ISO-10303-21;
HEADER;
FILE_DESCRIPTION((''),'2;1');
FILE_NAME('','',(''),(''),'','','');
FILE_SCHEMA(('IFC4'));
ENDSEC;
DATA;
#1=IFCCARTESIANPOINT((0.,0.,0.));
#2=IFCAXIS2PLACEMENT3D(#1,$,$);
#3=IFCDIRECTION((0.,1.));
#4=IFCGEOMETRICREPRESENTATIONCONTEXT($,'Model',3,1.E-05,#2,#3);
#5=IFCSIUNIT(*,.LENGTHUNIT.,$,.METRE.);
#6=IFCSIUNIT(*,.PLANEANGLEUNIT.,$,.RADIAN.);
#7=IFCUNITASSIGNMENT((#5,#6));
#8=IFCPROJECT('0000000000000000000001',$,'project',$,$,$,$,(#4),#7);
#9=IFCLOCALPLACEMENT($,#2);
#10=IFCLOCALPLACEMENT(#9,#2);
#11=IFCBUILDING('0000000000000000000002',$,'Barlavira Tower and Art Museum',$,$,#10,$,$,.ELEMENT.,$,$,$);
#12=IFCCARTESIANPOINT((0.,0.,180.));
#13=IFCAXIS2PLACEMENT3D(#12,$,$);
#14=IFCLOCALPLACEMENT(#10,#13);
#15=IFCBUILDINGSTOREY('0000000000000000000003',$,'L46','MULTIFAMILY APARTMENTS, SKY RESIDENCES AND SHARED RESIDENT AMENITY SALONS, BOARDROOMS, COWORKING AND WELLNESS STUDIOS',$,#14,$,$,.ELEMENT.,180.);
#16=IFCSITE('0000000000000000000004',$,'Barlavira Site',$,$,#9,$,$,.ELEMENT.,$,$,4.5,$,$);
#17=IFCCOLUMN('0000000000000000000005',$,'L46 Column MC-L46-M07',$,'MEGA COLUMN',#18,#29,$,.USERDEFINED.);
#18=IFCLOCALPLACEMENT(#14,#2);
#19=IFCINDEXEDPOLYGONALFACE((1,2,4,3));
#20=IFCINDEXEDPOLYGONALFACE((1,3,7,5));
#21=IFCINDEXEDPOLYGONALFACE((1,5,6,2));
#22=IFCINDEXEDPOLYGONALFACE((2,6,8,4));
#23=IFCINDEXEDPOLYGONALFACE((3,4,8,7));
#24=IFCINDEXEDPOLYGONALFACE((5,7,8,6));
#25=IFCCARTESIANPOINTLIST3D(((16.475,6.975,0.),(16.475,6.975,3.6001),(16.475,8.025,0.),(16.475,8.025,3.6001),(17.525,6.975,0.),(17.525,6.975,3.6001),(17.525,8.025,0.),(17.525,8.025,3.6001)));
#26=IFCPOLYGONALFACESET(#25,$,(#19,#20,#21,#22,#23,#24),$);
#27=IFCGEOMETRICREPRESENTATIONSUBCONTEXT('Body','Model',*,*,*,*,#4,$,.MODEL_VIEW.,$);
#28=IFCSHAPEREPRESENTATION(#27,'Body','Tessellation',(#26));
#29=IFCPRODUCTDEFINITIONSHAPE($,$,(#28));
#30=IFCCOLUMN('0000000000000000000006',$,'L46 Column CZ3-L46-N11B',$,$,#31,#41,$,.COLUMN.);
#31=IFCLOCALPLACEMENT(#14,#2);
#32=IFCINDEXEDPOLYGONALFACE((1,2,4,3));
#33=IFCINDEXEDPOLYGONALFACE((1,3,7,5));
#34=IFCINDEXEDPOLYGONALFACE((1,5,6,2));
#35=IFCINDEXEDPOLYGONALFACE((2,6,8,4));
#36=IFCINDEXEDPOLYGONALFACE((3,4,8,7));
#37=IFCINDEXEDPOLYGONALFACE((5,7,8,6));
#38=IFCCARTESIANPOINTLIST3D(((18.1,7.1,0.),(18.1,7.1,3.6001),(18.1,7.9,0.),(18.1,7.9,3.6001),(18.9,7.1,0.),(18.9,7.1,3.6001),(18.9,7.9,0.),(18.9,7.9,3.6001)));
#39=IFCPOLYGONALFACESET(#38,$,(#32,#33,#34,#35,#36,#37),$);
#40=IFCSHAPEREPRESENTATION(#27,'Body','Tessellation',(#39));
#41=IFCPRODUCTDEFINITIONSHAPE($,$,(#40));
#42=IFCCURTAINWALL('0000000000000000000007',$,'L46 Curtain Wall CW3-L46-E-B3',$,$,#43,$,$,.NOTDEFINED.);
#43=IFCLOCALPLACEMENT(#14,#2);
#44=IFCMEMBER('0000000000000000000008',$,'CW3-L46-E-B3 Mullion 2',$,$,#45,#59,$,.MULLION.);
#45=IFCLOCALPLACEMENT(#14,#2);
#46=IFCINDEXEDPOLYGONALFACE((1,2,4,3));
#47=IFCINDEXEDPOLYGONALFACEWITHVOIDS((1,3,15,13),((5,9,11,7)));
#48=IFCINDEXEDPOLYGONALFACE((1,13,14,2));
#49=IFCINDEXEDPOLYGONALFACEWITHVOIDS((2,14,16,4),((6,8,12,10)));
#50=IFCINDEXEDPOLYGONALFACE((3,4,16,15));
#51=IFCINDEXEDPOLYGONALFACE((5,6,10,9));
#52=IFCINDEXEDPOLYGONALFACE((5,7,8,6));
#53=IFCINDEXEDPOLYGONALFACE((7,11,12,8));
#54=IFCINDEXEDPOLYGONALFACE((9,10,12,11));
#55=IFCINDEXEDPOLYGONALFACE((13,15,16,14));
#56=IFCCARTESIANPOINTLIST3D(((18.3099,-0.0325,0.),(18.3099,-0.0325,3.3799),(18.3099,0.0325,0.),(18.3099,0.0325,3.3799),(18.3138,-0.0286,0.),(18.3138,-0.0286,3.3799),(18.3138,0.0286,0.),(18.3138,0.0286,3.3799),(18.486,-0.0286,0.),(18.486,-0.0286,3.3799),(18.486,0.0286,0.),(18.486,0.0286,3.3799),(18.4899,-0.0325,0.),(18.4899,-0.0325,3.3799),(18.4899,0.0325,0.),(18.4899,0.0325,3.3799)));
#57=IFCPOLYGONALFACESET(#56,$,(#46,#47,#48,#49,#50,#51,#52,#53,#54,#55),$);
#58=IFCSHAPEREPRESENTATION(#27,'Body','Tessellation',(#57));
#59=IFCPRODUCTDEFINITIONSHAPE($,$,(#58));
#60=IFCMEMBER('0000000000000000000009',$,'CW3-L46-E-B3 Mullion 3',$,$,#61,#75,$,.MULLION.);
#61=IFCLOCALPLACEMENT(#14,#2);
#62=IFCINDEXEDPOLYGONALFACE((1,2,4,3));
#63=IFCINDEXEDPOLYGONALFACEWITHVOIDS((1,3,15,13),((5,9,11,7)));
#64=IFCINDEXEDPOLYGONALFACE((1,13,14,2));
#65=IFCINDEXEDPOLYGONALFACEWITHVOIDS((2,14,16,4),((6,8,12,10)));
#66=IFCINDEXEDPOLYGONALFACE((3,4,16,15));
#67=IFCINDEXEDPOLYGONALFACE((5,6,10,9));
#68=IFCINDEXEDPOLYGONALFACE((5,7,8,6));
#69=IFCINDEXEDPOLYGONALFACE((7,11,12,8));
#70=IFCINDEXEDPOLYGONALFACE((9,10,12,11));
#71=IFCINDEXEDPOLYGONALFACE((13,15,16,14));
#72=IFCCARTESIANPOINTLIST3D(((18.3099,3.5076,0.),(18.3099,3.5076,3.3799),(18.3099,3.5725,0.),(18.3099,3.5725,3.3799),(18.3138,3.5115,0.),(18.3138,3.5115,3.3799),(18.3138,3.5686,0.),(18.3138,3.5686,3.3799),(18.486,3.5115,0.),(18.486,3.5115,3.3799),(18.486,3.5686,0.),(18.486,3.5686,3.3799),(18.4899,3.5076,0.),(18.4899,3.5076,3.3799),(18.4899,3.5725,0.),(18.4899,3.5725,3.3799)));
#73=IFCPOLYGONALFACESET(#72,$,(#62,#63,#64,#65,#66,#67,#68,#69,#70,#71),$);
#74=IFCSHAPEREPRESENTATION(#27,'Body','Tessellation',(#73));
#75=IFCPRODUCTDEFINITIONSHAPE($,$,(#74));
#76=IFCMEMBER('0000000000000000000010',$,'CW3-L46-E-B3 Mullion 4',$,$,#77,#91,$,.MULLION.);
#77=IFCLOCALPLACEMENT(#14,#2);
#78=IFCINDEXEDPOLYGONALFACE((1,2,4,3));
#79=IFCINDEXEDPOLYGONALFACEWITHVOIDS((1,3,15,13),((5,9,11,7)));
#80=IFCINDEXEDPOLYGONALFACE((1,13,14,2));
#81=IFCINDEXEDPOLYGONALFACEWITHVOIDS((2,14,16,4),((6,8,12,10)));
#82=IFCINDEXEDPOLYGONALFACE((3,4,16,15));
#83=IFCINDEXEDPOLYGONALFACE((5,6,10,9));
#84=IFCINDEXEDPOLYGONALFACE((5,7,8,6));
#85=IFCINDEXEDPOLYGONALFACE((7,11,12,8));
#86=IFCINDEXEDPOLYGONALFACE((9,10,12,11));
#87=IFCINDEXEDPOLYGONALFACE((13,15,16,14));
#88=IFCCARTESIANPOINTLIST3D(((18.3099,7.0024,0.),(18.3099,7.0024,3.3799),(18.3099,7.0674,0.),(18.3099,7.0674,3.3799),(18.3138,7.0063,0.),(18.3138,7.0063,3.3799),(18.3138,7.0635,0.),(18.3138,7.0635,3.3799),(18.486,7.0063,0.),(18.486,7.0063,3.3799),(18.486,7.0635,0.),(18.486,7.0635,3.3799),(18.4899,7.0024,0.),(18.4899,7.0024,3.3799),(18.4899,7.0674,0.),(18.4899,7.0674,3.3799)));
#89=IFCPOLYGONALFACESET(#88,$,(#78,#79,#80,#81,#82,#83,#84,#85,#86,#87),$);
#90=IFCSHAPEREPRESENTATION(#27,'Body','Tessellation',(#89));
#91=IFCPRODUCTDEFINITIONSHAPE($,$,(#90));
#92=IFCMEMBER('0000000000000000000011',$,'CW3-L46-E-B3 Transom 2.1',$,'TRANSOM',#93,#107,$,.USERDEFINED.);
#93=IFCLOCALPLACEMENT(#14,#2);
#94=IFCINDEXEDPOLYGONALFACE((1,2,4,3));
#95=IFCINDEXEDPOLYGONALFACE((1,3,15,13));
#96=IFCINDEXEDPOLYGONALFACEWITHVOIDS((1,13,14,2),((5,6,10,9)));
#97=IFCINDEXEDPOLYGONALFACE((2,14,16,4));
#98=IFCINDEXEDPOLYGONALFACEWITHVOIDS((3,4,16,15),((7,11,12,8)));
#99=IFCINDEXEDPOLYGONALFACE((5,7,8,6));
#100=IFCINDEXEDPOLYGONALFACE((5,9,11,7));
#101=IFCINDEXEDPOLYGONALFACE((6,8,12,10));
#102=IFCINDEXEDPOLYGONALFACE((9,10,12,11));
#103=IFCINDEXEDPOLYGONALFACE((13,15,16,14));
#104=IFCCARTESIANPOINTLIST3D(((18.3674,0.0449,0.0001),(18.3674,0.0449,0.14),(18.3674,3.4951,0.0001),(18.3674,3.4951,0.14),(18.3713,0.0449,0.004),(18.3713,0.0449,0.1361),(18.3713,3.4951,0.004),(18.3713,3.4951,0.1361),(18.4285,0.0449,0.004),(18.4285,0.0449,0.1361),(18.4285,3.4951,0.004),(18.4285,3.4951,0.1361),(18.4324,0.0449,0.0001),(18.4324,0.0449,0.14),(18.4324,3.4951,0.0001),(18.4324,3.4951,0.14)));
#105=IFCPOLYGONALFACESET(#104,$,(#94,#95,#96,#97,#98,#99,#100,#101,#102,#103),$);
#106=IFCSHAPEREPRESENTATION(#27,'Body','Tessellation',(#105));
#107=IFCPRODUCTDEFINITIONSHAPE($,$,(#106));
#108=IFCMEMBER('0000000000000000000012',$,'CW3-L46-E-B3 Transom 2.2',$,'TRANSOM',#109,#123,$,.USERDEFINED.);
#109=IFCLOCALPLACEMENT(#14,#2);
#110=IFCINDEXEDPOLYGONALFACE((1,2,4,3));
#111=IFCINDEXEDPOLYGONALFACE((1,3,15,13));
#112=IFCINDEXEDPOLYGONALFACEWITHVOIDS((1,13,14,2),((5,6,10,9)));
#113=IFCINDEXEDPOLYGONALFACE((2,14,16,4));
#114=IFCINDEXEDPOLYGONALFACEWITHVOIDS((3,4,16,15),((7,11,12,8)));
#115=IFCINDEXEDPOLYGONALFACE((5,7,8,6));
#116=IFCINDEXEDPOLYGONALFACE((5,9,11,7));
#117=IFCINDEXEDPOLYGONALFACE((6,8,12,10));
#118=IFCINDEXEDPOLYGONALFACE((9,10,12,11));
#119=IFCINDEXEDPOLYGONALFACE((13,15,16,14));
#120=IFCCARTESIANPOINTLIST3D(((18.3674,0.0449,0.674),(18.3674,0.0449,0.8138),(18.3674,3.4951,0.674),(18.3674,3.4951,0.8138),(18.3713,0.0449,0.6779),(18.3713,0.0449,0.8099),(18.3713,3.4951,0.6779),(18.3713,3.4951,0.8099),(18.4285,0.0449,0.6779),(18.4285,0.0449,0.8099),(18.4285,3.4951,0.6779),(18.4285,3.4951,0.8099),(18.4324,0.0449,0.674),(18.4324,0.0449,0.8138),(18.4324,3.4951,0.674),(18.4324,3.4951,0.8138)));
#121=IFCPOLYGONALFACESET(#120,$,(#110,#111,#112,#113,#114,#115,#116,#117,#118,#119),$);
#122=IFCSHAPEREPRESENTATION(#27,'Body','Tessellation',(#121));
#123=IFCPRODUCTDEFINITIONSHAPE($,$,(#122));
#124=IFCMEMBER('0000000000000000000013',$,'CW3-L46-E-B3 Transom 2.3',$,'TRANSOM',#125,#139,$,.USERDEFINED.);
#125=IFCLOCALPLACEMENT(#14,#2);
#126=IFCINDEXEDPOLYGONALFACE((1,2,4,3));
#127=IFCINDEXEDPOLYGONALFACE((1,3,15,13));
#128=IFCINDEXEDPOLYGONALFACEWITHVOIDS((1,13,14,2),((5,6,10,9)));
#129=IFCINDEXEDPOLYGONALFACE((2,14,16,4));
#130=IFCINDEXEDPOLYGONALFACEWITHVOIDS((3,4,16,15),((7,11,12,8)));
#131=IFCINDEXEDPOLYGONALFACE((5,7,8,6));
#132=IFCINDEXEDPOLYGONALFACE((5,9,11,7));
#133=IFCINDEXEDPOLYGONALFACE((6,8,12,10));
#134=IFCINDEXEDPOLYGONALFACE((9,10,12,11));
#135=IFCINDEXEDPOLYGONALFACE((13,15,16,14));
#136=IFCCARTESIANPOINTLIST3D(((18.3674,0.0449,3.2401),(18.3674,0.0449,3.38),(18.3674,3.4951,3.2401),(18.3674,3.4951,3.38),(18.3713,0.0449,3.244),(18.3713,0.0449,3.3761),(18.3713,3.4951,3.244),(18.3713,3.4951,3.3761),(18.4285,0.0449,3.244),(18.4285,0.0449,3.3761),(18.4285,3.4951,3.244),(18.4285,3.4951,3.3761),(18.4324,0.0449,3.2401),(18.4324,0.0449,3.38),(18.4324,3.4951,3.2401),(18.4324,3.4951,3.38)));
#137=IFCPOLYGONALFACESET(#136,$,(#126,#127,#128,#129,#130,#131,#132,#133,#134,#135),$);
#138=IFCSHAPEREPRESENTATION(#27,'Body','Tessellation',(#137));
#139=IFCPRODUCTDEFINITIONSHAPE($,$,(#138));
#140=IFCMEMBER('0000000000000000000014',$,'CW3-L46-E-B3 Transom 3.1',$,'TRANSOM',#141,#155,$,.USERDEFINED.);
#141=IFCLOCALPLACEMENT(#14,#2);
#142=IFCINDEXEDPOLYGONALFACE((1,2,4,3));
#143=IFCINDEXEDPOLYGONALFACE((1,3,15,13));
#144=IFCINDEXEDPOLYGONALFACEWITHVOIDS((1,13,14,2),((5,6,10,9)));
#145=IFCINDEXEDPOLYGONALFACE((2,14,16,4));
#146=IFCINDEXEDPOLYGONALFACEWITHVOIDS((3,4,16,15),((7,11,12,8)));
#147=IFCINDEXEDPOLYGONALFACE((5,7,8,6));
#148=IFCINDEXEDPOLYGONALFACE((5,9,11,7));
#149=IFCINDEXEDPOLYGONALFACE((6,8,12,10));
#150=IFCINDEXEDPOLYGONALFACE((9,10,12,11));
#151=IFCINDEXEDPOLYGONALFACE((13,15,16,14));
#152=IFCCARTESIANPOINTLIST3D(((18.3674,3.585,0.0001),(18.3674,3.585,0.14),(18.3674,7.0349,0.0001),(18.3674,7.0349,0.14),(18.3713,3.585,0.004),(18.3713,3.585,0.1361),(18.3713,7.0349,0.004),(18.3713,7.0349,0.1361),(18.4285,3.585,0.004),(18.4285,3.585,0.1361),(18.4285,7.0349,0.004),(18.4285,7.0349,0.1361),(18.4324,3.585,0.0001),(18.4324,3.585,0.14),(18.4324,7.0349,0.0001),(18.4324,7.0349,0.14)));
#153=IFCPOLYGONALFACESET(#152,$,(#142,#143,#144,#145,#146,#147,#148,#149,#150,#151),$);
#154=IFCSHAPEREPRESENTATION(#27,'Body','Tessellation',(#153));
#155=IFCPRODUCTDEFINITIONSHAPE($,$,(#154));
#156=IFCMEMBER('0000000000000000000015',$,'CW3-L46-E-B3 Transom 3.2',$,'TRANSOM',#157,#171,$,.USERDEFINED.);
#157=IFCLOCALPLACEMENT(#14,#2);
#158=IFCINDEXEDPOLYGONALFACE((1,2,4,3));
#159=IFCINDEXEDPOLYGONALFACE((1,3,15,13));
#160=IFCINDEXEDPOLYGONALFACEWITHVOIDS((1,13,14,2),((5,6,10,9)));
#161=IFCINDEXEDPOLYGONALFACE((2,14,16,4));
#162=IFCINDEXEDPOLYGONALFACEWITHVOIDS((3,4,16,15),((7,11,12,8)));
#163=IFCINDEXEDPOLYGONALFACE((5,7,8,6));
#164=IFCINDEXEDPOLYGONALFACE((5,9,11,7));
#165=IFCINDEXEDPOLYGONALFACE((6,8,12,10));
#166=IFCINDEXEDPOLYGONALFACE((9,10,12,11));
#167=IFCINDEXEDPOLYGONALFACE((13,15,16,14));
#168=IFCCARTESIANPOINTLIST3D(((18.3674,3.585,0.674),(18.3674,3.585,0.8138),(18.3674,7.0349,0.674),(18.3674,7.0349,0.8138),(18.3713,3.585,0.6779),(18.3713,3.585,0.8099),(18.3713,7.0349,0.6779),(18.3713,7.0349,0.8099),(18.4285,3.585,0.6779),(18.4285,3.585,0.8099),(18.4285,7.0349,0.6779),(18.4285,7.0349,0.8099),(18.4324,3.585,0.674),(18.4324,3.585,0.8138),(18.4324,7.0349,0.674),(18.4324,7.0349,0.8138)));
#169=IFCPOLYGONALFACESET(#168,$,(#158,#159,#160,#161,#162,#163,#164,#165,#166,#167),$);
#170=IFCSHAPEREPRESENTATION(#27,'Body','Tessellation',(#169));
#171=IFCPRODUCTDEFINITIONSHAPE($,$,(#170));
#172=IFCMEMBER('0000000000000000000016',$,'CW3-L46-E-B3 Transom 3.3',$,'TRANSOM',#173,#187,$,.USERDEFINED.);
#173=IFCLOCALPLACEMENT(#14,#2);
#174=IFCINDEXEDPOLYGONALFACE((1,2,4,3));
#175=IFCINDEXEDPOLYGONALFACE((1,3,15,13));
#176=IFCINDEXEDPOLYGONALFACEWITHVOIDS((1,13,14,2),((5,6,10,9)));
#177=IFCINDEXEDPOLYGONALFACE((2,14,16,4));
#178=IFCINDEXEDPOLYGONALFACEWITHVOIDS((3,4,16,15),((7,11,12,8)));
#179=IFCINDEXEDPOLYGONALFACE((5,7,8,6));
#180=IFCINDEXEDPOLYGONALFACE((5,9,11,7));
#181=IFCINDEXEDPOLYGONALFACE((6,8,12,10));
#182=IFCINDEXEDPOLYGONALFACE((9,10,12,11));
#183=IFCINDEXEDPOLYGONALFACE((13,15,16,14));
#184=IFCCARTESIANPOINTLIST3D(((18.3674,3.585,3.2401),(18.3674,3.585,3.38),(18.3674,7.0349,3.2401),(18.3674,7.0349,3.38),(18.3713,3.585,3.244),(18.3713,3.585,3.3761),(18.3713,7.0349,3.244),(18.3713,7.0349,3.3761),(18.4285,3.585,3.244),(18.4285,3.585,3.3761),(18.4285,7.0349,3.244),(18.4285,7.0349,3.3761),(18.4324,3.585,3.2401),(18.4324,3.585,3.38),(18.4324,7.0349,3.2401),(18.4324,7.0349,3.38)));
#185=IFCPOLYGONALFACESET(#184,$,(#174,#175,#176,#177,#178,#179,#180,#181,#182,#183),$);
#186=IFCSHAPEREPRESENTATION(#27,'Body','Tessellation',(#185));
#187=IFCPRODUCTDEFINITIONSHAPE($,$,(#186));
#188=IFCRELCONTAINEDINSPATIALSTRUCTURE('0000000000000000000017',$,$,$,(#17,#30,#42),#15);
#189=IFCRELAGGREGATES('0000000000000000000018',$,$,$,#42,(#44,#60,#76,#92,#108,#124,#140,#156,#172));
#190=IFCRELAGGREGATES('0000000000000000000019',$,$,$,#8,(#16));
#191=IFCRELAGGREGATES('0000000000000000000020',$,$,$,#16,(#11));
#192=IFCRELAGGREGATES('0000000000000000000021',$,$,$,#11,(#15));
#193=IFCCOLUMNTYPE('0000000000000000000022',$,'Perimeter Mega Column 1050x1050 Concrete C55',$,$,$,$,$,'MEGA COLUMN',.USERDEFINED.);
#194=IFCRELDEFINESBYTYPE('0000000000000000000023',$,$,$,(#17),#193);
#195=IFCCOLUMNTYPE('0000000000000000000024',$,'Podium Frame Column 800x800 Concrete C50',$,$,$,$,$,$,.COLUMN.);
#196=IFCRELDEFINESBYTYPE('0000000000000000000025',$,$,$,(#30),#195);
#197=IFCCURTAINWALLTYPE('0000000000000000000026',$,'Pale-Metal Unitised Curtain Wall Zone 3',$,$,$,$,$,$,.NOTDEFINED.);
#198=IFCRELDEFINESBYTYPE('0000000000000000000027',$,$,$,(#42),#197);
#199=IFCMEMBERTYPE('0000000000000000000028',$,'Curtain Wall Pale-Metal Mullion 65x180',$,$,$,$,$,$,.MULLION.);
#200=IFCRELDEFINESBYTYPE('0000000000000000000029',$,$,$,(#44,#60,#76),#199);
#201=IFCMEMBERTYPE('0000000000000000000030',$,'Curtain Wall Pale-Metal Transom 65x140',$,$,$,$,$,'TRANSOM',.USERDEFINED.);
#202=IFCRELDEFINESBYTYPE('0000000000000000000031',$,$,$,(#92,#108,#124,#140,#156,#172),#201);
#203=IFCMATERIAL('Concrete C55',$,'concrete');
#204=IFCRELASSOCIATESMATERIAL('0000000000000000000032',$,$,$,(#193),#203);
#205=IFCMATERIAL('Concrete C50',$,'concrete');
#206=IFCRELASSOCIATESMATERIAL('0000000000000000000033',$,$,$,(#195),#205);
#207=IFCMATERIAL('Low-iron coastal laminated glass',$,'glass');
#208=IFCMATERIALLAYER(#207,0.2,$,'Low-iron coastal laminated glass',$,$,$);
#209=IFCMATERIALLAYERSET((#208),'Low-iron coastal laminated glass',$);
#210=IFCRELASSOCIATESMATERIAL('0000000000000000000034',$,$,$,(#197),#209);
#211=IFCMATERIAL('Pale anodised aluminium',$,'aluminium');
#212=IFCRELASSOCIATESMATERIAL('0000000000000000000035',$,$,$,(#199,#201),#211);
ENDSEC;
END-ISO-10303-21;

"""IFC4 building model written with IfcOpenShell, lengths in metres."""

from ifc_helpers import new_model, si_unit, direction, frame, origin, origin_2d, place, context, subcontext, project, spatial, rectangle, hollow_rectangle, extrude, material, layer, layer_set, material_profile, profile_set, type_object, element, aggregate, save


model = new_model("IFC4")

# Units and contexts
model_context = context("Model", 3, precision=1e-05, world=origin(), true_north=direction((0.0, 1.0)))
body_context = subcontext(model_context, "Body", "Model", "MODEL_VIEW")
ifc_project = project(units=[si_unit("LENGTHUNIT", "METRE"), si_unit("PLANEANGLEUNIT", "RADIAN")], contexts=[model_context])

# Site, building, storey
site_placement = place(None, origin())
site = spatial("IfcSite", under=ifc_project, at=site_placement, Name="Barlavira Site", CompositionType="ELEMENT", RefElevation=4.5)
building_placement = place(site_placement, origin())
building = spatial("IfcBuilding", under=site, at=building_placement, Name="Barlavira Tower and Art Museum", CompositionType="ELEMENT")
storey_placement = place(building_placement, frame((0.0, 0.0, 180.0)))
storey = spatial("IfcBuildingStorey", under=building, at=storey_placement, Name="L46", Description="MULTIFAMILY APARTMENTS, SKY RESIDENCES AND SHARED RESIDENT AMENITY SALONS, BOARDROOMS, COWORKING AND WELLNESS STUDIOS", CompositionType="ELEMENT", Elevation=180.0)

# Columns
ifc_material_1 = material(Name="Concrete C55", Category="concrete")
ifc_material_profile_1 = material_profile(ifc_material_1, rectangle(XDim=1.05, YDim=1.05, at=origin_2d()), Name="RC-COL 1050x1050")
ifc_profile_set_1 = profile_set([ifc_material_profile_1], Name="Concrete C55")
column_type_1 = type_object("IfcColumnType", Name="Perimeter Mega Column 1050x1050 Concrete C55", ElementType="MEGA COLUMN", PredefinedType="USERDEFINED", material=ifc_profile_set_1)
column_1_placement = place(storey_placement, frame((17.0, 7.5, 0.0), z_axis=(0.0, 0.0, 1.0), x_axis=(1.0, 0.0, 0.0)))
element("IfcColumn", 1, at=column_1_placement, inside=storey, type_object=column_type_1, Name="L46 Column MC-L46-M07", ObjectType="MEGA COLUMN", PredefinedType="USERDEFINED", context=body_context, shape_type="SweptSolid", body=[
    extrude(rectangle(XDim=1.05, YDim=1.05, at=origin_2d()), origin(), (0.0, 0.0, 1.0), 3.6001),
])
ifc_material_2 = material(Name="Concrete C50", Category="concrete")
ifc_material_profile_2 = material_profile(ifc_material_2, rectangle(XDim=0.8, YDim=0.8, at=origin_2d()), Name="RC-COL 800x800")
ifc_profile_set_2 = profile_set([ifc_material_profile_2], Name="Concrete C50")
column_type_2 = type_object("IfcColumnType", Name="Podium Frame Column 800x800 Concrete C50", PredefinedType="COLUMN", material=ifc_profile_set_2)
column_2_placement = place(storey_placement, frame((18.5, 7.5, 0.0), z_axis=(0.0, 0.0, 1.0), x_axis=(1.0, 0.0, 0.0)))
element("IfcColumn", 2, at=column_2_placement, inside=storey, type_object=column_type_2, Name="L46 Column CZ3-L46-N11B", PredefinedType="COLUMN", context=body_context, shape_type="SweptSolid", body=[
    extrude(rectangle(XDim=0.8, YDim=0.8, at=origin_2d()), origin(), (0.0, 0.0, 1.0), 3.6001),
])

# Curtain wall, members
ifc_material_3 = material(Name="Low-iron coastal laminated glass", Category="glass")
ifc_layer_1 = layer(ifc_material_3, 0.2, Name="Low-iron coastal laminated glass")
ifc_layer_set_1 = layer_set([ifc_layer_1], Name="Low-iron coastal laminated glass")
curtain_wall_type = type_object("IfcCurtainWallType", Name="Pale-Metal Unitised Curtain Wall Zone 3", PredefinedType="NOTDEFINED", material=ifc_layer_set_1)
curtain_wall_placement = place(storey_placement, origin())
curtain_wall = element("IfcCurtainWall", 3, at=curtain_wall_placement, inside=storey, type_object=curtain_wall_type, Name="L46 Curtain Wall CW3-L46-E-B3", PredefinedType="NOTDEFINED")
ifc_material_4 = material(Name="Pale anodised aluminium", Category="aluminium")
ifc_material_profile_3 = material_profile(ifc_material_4, hollow_rectangle(XDim=0.0649, YDim=0.1799, WallThickness=0.0039, at=origin_2d()), Name="ALU-MULL 65x180x4")
ifc_profile_set_3 = profile_set([ifc_material_profile_3], Name="Pale anodised aluminium")
member_type_1 = type_object("IfcMemberType", Name="Curtain Wall Pale-Metal Mullion 65x180", PredefinedType="MULLION", material=ifc_profile_set_3)
member_1_placement = place(storey_placement, frame((18.3999, 0.0, 0.0), z_axis=(0.0, 0.0, 1.0), x_axis=(0.0, 1.0, 0.0)))
member_1 = element("IfcMember", 4, at=member_1_placement, type_object=member_type_1, Name="CW3-L46-E-B3 Mullion 2", PredefinedType="MULLION", context=body_context, shape_type="SweptSolid", body=[
    extrude(hollow_rectangle(XDim=0.0649, YDim=0.1799, WallThickness=0.0039, at=origin_2d()), origin(), (0.0, 0.0, 1.0), 3.3799),
])
member_2_placement = place(storey_placement, frame((18.3999, 3.54, 0.0), z_axis=(0.0, 0.0, 1.0), x_axis=(0.0, 1.0, 0.0)))
member_2 = element("IfcMember", 5, at=member_2_placement, type_object=member_type_1, Name="CW3-L46-E-B3 Mullion 3", PredefinedType="MULLION", context=body_context, shape_type="SweptSolid", body=[
    extrude(hollow_rectangle(XDim=0.0649, YDim=0.1799, WallThickness=0.0039, at=origin_2d()), origin(), (0.0, 0.0, 1.0), 3.3799),
])
member_3_placement = place(storey_placement, frame((18.3999, 7.0349, 0.0), z_axis=(0.0, 0.0, 1.0), x_axis=(0.0, 1.0, 0.0)))
member_3 = element("IfcMember", 6, at=member_3_placement, type_object=member_type_1, Name="CW3-L46-E-B3 Mullion 4", PredefinedType="MULLION", context=body_context, shape_type="SweptSolid", body=[
    extrude(hollow_rectangle(XDim=0.0649, YDim=0.1799, WallThickness=0.0039, at=origin_2d()), origin(), (0.0, 0.0, 1.0), 3.3799),
])
ifc_material_profile_4 = material_profile(ifc_material_4, hollow_rectangle(XDim=0.0649, YDim=0.1399, WallThickness=0.0039, at=origin_2d()), Name="ALU-TRAN 65x140x4")
ifc_profile_set_4 = profile_set([ifc_material_profile_4], Name="Pale anodised aluminium")
member_type_2 = type_object("IfcMemberType", Name="Curtain Wall Pale-Metal Transom 65x140", ElementType="TRANSOM", PredefinedType="USERDEFINED", material=ifc_profile_set_4)
member_4_placement = place(storey_placement, frame((18.3999, 0.0449, 0.0701), z_axis=(0.0, 1.0, 0.0), x_axis=(-1.0, 0.0, 0.0)))
member_4 = element("IfcMember", 7, at=member_4_placement, type_object=member_type_2, Name="CW3-L46-E-B3 Transom 2.1", ObjectType="TRANSOM", PredefinedType="USERDEFINED", context=body_context, shape_type="SweptSolid", body=[
    extrude(hollow_rectangle(XDim=0.0649, YDim=0.1399, WallThickness=0.0039, at=origin_2d()), origin(), (0.0, 0.0, 1.0), 3.4502),
])
member_5_placement = place(storey_placement, frame((18.3999, 0.0449, 0.7439), z_axis=(0.0, 1.0, 0.0), x_axis=(-1.0, 0.0, 0.0)))
member_5 = element("IfcMember", 8, at=member_5_placement, type_object=member_type_2, Name="CW3-L46-E-B3 Transom 2.2", ObjectType="TRANSOM", PredefinedType="USERDEFINED", context=body_context, shape_type="SweptSolid", body=[
    extrude(hollow_rectangle(XDim=0.0649, YDim=0.1399, WallThickness=0.0039, at=origin_2d()), origin(), (0.0, 0.0, 1.0), 3.4502),
])
member_6_placement = place(storey_placement, frame((18.3999, 0.0449, 3.3101), z_axis=(0.0, 1.0, 0.0), x_axis=(-1.0, 0.0, 0.0)))
member_6 = element("IfcMember", 9, at=member_6_placement, type_object=member_type_2, Name="CW3-L46-E-B3 Transom 2.3", ObjectType="TRANSOM", PredefinedType="USERDEFINED", context=body_context, shape_type="SweptSolid", body=[
    extrude(hollow_rectangle(XDim=0.0649, YDim=0.1399, WallThickness=0.0039, at=origin_2d()), origin(), (0.0, 0.0, 1.0), 3.4502),
])
member_7_placement = place(storey_placement, frame((18.3999, 3.585, 0.0701), z_axis=(0.0, 1.0, 0.0), x_axis=(-1.0, 0.0, 0.0)))
member_7 = element("IfcMember", 10, at=member_7_placement, type_object=member_type_2, Name="CW3-L46-E-B3 Transom 3.1", ObjectType="TRANSOM", PredefinedType="USERDEFINED", context=body_context, shape_type="SweptSolid", body=[
    extrude(hollow_rectangle(XDim=0.0649, YDim=0.1399, WallThickness=0.0039, at=origin_2d()), origin(), (0.0, 0.0, 1.0), 3.45),
])
member_8_placement = place(storey_placement, frame((18.3999, 3.585, 0.7439), z_axis=(0.0, 1.0, 0.0), x_axis=(-1.0, 0.0, 0.0)))
member_8 = element("IfcMember", 11, at=member_8_placement, type_object=member_type_2, Name="CW3-L46-E-B3 Transom 3.2", ObjectType="TRANSOM", PredefinedType="USERDEFINED", context=body_context, shape_type="SweptSolid", body=[
    extrude(hollow_rectangle(XDim=0.0649, YDim=0.1399, WallThickness=0.0039, at=origin_2d()), origin(), (0.0, 0.0, 1.0), 3.45),
])
member_9_placement = place(storey_placement, frame((18.3999, 3.585, 3.3101), z_axis=(0.0, 1.0, 0.0), x_axis=(-1.0, 0.0, 0.0)))
member_9 = element("IfcMember", 12, at=member_9_placement, type_object=member_type_2, Name="CW3-L46-E-B3 Transom 3.3", ObjectType="TRANSOM", PredefinedType="USERDEFINED", context=body_context, shape_type="SweptSolid", body=[
    extrude(hollow_rectangle(XDim=0.0649, YDim=0.1399, WallThickness=0.0039, at=origin_2d()), origin(), (0.0, 0.0, 1.0), 3.45),
])

aggregate(curtain_wall, [member_1, member_2, member_3, member_4, member_5, member_6, member_7, member_8, member_9])

save(model, "model.ifc")
